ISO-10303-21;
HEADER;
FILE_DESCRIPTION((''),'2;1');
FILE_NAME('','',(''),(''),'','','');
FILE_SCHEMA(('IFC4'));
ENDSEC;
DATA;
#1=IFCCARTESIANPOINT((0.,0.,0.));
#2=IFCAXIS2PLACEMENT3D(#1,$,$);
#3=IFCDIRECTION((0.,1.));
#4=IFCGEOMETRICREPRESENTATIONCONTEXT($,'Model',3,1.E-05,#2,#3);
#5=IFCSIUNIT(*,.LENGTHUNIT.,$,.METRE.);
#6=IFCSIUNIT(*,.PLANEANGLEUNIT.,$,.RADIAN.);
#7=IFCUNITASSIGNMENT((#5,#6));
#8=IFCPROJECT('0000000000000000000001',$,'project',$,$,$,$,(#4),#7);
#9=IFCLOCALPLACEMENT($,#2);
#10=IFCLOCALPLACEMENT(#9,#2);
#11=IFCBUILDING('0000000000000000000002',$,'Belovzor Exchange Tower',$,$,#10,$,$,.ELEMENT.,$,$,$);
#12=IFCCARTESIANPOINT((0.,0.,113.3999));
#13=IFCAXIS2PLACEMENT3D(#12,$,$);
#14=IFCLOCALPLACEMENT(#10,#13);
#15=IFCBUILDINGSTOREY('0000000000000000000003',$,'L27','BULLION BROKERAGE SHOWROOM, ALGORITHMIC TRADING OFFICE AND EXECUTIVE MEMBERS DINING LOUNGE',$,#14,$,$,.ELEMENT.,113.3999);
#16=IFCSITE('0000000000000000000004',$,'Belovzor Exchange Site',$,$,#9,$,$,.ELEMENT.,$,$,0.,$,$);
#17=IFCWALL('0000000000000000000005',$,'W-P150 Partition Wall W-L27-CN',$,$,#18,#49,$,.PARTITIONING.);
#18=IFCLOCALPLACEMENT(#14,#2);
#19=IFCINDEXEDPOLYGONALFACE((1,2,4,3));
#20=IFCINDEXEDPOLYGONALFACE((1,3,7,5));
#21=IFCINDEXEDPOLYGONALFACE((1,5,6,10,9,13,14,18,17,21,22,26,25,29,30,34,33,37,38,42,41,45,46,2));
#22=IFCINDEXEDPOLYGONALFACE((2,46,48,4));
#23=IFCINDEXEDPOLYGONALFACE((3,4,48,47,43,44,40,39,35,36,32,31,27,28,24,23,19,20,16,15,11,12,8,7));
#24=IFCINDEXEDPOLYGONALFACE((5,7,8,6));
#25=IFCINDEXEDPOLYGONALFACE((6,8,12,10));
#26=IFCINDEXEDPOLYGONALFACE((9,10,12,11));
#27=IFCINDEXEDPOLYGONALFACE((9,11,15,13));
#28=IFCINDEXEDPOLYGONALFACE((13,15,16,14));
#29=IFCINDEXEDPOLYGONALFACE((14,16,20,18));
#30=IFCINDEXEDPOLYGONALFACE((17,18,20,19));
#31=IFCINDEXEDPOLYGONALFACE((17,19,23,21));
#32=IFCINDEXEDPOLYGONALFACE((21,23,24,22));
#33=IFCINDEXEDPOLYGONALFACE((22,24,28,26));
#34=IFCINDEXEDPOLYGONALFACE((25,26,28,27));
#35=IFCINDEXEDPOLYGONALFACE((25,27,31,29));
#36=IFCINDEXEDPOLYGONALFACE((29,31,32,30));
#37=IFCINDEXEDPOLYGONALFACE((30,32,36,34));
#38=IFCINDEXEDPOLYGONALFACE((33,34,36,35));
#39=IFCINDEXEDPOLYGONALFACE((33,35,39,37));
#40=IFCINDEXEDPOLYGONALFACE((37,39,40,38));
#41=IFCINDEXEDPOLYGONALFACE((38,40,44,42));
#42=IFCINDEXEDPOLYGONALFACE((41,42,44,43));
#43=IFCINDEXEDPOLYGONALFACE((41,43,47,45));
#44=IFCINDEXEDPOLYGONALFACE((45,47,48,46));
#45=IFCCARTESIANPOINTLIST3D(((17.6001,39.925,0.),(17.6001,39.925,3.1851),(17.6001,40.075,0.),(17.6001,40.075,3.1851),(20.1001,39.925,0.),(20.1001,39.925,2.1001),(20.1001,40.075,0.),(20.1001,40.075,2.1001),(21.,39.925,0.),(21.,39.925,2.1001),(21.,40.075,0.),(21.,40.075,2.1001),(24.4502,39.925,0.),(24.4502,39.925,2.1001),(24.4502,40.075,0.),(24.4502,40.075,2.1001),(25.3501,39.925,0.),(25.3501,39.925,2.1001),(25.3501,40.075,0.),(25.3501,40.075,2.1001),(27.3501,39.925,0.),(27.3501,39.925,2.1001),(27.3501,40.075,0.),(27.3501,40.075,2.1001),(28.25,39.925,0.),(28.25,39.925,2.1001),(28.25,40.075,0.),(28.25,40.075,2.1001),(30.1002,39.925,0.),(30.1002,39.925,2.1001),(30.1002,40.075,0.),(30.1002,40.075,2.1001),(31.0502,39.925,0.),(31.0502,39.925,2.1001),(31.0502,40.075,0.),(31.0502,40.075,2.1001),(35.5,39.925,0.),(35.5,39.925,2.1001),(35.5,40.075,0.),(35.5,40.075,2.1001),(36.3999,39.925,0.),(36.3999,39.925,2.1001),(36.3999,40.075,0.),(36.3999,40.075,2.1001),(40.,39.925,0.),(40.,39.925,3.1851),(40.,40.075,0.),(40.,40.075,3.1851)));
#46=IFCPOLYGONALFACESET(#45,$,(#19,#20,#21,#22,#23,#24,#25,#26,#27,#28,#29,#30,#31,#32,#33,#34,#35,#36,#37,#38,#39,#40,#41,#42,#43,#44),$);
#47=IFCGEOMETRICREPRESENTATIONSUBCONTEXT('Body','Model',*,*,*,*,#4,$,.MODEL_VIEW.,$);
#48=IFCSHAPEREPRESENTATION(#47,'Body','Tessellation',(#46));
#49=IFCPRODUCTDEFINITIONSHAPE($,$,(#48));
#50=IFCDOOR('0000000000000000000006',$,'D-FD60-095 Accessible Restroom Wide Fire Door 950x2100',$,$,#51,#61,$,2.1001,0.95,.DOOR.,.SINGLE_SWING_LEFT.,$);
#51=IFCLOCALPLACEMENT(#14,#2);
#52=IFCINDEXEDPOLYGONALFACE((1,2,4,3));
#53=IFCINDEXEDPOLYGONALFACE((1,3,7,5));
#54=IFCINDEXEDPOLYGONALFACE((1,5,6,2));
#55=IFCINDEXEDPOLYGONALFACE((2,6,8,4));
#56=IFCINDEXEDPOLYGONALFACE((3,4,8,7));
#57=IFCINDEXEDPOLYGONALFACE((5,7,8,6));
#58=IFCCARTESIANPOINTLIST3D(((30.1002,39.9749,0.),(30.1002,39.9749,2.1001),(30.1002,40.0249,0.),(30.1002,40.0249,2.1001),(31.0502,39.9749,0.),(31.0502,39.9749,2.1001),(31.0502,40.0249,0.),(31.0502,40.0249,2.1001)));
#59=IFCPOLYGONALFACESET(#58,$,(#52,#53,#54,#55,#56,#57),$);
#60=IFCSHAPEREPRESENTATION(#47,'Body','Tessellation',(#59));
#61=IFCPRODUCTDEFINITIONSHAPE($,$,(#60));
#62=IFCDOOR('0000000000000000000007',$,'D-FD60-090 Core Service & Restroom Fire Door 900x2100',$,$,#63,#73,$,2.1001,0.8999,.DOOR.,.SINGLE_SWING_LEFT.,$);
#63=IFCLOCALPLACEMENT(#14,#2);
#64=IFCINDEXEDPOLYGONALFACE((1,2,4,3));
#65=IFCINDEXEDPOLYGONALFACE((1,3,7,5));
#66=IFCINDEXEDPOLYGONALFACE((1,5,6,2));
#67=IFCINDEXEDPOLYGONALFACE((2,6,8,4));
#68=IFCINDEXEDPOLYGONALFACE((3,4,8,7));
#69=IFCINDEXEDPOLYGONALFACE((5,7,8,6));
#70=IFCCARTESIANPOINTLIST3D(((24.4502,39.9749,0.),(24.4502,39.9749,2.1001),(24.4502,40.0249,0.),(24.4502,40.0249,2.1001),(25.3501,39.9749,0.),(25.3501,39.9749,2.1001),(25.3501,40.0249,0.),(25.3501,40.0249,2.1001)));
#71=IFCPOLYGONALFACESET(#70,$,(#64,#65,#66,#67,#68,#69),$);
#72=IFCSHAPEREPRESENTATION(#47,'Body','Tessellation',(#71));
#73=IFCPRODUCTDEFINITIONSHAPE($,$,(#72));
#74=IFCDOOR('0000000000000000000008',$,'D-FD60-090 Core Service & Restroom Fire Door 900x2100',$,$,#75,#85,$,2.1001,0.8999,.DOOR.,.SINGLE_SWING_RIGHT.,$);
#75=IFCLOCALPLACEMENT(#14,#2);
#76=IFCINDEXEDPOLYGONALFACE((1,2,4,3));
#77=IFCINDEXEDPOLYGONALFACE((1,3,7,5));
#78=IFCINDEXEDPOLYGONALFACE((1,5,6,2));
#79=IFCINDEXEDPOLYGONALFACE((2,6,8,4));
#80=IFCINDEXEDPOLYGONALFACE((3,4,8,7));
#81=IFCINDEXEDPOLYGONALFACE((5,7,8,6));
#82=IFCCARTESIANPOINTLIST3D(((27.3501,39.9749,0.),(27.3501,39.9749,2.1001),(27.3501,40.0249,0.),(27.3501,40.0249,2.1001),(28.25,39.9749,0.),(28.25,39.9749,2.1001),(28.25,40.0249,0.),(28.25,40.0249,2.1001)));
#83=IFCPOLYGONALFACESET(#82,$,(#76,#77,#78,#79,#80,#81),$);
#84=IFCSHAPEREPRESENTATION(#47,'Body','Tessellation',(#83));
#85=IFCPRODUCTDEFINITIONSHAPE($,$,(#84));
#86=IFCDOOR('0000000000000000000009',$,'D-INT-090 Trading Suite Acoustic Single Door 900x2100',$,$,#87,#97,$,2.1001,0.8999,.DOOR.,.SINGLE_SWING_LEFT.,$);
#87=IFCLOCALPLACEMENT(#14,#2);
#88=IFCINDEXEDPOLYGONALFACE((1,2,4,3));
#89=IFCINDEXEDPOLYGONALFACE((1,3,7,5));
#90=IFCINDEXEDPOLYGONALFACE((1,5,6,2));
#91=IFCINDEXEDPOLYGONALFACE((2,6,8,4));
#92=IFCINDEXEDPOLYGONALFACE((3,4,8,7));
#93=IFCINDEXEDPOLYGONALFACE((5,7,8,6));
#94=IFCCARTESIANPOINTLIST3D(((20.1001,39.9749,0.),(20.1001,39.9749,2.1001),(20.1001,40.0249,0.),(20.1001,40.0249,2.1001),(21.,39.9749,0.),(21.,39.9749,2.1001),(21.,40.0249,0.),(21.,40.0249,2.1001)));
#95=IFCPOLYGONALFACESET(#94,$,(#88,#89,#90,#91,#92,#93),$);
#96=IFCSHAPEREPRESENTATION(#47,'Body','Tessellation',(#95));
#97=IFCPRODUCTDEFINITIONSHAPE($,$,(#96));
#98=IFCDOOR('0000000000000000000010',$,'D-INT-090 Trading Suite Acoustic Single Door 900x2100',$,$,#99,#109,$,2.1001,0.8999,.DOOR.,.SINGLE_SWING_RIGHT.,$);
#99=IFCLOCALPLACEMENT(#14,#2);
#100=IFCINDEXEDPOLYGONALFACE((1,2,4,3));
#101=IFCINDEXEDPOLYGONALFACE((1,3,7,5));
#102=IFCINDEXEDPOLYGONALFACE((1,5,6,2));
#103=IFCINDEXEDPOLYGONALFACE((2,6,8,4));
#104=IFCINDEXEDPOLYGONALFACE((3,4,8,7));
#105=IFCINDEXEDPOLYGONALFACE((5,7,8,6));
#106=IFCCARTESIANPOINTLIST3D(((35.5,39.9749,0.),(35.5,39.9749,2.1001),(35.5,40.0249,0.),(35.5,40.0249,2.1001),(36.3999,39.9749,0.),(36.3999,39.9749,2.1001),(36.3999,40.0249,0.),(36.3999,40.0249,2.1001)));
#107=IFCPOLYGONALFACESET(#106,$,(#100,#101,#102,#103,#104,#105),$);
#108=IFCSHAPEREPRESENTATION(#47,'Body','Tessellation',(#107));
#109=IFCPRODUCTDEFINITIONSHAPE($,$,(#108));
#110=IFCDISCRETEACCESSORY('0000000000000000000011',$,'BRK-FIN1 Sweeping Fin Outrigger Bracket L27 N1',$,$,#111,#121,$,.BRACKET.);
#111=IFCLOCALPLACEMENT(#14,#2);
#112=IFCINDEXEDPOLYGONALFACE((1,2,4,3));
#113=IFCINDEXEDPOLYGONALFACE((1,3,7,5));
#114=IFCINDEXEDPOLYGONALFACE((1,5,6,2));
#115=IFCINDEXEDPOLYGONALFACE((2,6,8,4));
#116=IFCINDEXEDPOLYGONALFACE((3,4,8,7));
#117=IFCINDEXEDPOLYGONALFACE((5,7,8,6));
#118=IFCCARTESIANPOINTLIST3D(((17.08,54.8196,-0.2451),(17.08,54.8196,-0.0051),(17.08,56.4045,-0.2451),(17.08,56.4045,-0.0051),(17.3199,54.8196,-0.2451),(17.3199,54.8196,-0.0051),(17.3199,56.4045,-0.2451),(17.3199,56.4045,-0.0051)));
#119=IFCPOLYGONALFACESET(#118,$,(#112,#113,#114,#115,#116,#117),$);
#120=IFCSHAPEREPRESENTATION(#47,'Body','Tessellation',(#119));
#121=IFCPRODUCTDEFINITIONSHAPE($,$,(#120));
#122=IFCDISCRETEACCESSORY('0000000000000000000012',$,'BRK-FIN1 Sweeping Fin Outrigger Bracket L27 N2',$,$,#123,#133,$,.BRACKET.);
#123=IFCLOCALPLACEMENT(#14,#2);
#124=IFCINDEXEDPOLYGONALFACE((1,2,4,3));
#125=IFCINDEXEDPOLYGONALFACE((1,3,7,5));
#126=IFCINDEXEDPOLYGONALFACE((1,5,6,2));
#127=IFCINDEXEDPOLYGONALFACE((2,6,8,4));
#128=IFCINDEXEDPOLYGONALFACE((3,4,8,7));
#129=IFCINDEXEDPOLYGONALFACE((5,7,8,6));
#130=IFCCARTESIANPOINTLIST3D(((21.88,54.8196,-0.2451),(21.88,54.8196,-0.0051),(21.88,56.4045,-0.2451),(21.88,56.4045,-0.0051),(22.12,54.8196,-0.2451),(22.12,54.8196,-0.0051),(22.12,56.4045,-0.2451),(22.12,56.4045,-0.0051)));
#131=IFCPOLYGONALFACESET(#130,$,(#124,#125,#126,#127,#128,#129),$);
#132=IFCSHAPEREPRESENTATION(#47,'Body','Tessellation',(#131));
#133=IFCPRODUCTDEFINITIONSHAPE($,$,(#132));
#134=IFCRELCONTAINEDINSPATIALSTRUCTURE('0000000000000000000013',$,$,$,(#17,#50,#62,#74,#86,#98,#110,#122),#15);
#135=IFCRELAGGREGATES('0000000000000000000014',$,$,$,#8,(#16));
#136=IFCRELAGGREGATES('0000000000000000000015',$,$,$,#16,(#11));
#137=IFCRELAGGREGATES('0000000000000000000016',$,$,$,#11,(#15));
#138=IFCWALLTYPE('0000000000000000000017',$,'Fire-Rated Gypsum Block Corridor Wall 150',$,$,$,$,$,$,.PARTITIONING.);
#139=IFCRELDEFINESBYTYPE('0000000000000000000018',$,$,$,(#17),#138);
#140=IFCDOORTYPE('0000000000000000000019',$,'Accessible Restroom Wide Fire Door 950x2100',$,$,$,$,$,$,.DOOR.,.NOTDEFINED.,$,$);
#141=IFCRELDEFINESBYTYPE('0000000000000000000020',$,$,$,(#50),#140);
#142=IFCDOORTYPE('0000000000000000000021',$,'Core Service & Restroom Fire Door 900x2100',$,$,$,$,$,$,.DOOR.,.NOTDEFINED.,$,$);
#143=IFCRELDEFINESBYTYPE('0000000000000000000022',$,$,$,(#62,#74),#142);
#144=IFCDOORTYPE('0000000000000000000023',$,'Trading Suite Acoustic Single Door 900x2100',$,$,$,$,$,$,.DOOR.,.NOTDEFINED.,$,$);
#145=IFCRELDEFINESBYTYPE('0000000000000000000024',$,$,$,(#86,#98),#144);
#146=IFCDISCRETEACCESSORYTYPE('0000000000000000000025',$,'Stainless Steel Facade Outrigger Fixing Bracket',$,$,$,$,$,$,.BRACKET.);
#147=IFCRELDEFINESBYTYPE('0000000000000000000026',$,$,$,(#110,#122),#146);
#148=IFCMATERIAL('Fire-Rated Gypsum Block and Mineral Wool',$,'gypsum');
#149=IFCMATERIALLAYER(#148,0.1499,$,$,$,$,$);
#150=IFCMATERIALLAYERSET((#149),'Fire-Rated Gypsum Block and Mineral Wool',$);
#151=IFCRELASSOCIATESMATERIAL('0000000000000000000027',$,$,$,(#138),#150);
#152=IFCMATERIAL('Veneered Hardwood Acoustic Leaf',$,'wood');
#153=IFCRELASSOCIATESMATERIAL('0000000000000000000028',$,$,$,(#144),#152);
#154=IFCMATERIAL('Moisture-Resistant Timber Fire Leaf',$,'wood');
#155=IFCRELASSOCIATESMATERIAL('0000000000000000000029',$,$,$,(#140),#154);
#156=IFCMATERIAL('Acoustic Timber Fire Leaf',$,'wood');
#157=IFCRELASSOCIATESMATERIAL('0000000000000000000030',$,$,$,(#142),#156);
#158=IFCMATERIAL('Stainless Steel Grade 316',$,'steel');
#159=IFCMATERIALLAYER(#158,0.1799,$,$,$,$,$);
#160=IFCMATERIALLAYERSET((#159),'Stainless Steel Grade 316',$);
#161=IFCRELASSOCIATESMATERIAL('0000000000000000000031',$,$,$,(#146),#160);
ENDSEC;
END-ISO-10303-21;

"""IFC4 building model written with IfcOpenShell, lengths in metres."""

from ifc_helpers import new_model, si_unit, direction, frame, frame_2d, origin, origin_2d, place, context, subcontext, project, spatial, rectangle, extrude, material, layer, layer_set, type_object, element, fill, save


model = new_model("IFC4")

# Units and contexts
model_context = context("Model", 3, precision=1e-05, world=origin(), true_north=direction((0.0, 1.0)))
body_context = subcontext(model_context, "Body", "Model", "MODEL_VIEW")
ifc_project = project(units=[si_unit("LENGTHUNIT", "METRE"), si_unit("PLANEANGLEUNIT", "RADIAN")], contexts=[model_context])

# Site, building, storey
site_placement = place(None, origin())
site = spatial("IfcSite", under=ifc_project, at=site_placement, Name="Belovzor Exchange Site", CompositionType="ELEMENT", RefElevation=0.0)
building_placement = place(site_placement, origin())
building = spatial("IfcBuilding", under=site, at=building_placement, Name="Belovzor Exchange Tower", CompositionType="ELEMENT")
storey_placement = place(building_placement, frame((0.0, 0.0, 113.3999)))
storey = spatial("IfcBuildingStorey", under=building, at=storey_placement, Name="L27", Description="BULLION BROKERAGE SHOWROOM, ALGORITHMIC TRADING OFFICE AND EXECUTIVE MEMBERS DINING LOUNGE", CompositionType="ELEMENT", Elevation=113.3999)

# Shared definitions
ifc_material_1 = material(Name="Fire-Rated Gypsum Block and Mineral Wool", Category="gypsum")
ifc_layer_1 = layer(ifc_material_1, 0.1499)
ifc_layer_set_1 = layer_set([ifc_layer_1], Name="Fire-Rated Gypsum Block and Mineral Wool")
wall_type = type_object("IfcWallType", Name="Fire-Rated Gypsum Block Corridor Wall 150", PredefinedType="PARTITIONING", material=ifc_layer_set_1)

# Shared definitions
ifc_material_2 = material(Name="Veneered Hardwood Acoustic Leaf", Category="wood")
door_type_1 = type_object("IfcDoorType", Name="Trading Suite Acoustic Single Door 900x2100", OperationType="NOTDEFINED", PredefinedType="DOOR", material=ifc_material_2)

# Wall, openings, doors
wall_1_placement = place(storey_placement, frame((17.6001, 40.0, 0.0), z_axis=(0.0, 0.0, 1.0), x_axis=(1.0, 0.0, 0.0)))
wall_1 = element("IfcWall", 1, at=wall_1_placement, inside=storey, type_object=wall_type, Name="W-P150 Partition Wall W-L27-CN", PredefinedType="PARTITIONING", context=body_context, shape_type="SweptSolid", body=[
    extrude(rectangle(XDim=22.3999, YDim=0.1499, at=frame_2d((11.2, 0.0))), origin(), (0.0, 0.0, 1.0), 3.1851),
])
opening_1_placement = place(wall_1_placement, frame((2.5, 0.0, 0.0)))
opening_1 = element("IfcOpeningElement", 2, at=opening_1_placement, cuts=wall_1, PredefinedType="OPENING", context=body_context, shape_type="SweptSolid", body=[
    extrude(rectangle(XDim=0.8999, YDim=2.1001, at=frame_2d((0.45, 1.05))), frame((0.0, 0.085, 0.0), z_axis=(0.0, -1.0, 0.0), x_axis=(1.0, 0.0, 0.0)), (0.0, 0.0, 1.0), 0.1699),
])
opening_2_placement = place(wall_1_placement, frame((6.8501, 0.0, 0.0)))
opening_2 = element("IfcOpeningElement", 3, at=opening_2_placement, cuts=wall_1, PredefinedType="OPENING", context=body_context, shape_type="SweptSolid", body=[
    extrude(rectangle(XDim=0.8999, YDim=2.1001, at=frame_2d((0.45, 1.05))), frame((0.0, 0.085, 0.0), z_axis=(0.0, -1.0, 0.0), x_axis=(1.0, 0.0, 0.0)), (0.0, 0.0, 1.0), 0.1699),
])
opening_3_placement = place(wall_1_placement, frame((9.75, 0.0, 0.0)))
opening_3 = element("IfcOpeningElement", 4, at=opening_3_placement, cuts=wall_1, PredefinedType="OPENING", context=body_context, shape_type="SweptSolid", body=[
    extrude(rectangle(XDim=0.8999, YDim=2.1001, at=frame_2d((0.45, 1.05))), frame((0.0, 0.085, 0.0), z_axis=(0.0, -1.0, 0.0), x_axis=(1.0, 0.0, 0.0)), (0.0, 0.0, 1.0), 0.1699),
])
opening_4_placement = place(wall_1_placement, frame((12.5, 0.0, 0.0)))
opening_4 = element("IfcOpeningElement", 5, at=opening_4_placement, cuts=wall_1, PredefinedType="OPENING", context=body_context, shape_type="SweptSolid", body=[
    extrude(rectangle(XDim=0.95, YDim=2.1001, at=frame_2d((0.4751, 1.05))), frame((0.0, 0.085, 0.0), z_axis=(0.0, -1.0, 0.0), x_axis=(1.0, 0.0, 0.0)), (0.0, 0.0, 1.0), 0.1699),
])
opening_5_placement = place(wall_1_placement, frame((17.8999, 0.0, 0.0)))
opening_5 = element("IfcOpeningElement", 6, at=opening_5_placement, cuts=wall_1, PredefinedType="OPENING", context=body_context, shape_type="SweptSolid", body=[
    extrude(rectangle(XDim=0.8999, YDim=2.1001, at=frame_2d((0.45, 1.05))), frame((0.0, 0.085, 0.0), z_axis=(0.0, -1.0, 0.0), x_axis=(1.0, 0.0, 0.0)), (0.0, 0.0, 1.0), 0.1699),
])
ifc_material_3 = material(Name="Moisture-Resistant Timber Fire Leaf", Category="wood")
door_type_2 = type_object("IfcDoorType", Name="Accessible Restroom Wide Fire Door 950x2100", OperationType="NOTDEFINED", PredefinedType="DOOR", material=ifc_material_3)
door_1_placement = place(opening_4_placement, origin())
door_1 = element("IfcDoor", 7, at=door_1_placement, inside=storey, type_object=door_type_2, Name="D-FD60-095 Accessible Restroom Wide Fire Door 950x2100", OperationType="SINGLE_SWING_LEFT", OverallHeight=2.1001, OverallWidth=0.95, PredefinedType="DOOR", context=body_context, shape_type="SweptSolid", body=[
    extrude(rectangle(XDim=0.95, YDim=2.1001, at=frame_2d((0.4751, 1.05))), frame((0.0, 0.0249, 0.0), z_axis=(0.0, -1.0, 0.0), x_axis=(1.0, 0.0, 0.0)), (0.0, 0.0, 1.0), 0.05),
])
fill(opening_4, door_1)
ifc_material_4 = material(Name="Acoustic Timber Fire Leaf", Category="wood")
door_type_3 = type_object("IfcDoorType", Name="Core Service & Restroom Fire Door 900x2100", OperationType="NOTDEFINED", PredefinedType="DOOR", material=ifc_material_4)
door_2_placement = place(opening_2_placement, origin())
door_2 = element("IfcDoor", 8, at=door_2_placement, inside=storey, type_object=door_type_3, Name="D-FD60-090 Core Service & Restroom Fire Door 900x2100", OperationType="SINGLE_SWING_LEFT", OverallHeight=2.1001, OverallWidth=0.8999, PredefinedType="DOOR", context=body_context, shape_type="SweptSolid", body=[
    extrude(rectangle(XDim=0.8999, YDim=2.1001, at=frame_2d((0.45, 1.05))), frame((0.0, 0.0249, 0.0), z_axis=(0.0, -1.0, 0.0), x_axis=(1.0, 0.0, 0.0)), (0.0, 0.0, 1.0), 0.05),
])
fill(opening_2, door_2)
door_3_placement = place(opening_3_placement, origin())
door_3 = element("IfcDoor", 9, at=door_3_placement, inside=storey, type_object=door_type_3, Name="D-FD60-090 Core Service & Restroom Fire Door 900x2100", OperationType="SINGLE_SWING_RIGHT", OverallHeight=2.1001, OverallWidth=0.8999, PredefinedType="DOOR", context=body_context, shape_type="SweptSolid", body=[
    extrude(rectangle(XDim=0.8999, YDim=2.1001, at=frame_2d((0.45, 1.05))), frame((0.0, 0.0249, 0.0), z_axis=(0.0, -1.0, 0.0), x_axis=(1.0, 0.0, 0.0)), (0.0, 0.0, 1.0), 0.05),
])
fill(opening_3, door_3)
door_4_placement = place(opening_1_placement, origin())
door_4 = element("IfcDoor", 10, at=door_4_placement, inside=storey, type_object=door_type_1, Name="D-INT-090 Trading Suite Acoustic Single Door 900x2100", OperationType="SINGLE_SWING_LEFT", OverallHeight=2.1001, OverallWidth=0.8999, PredefinedType="DOOR", context=body_context, shape_type="SweptSolid", body=[
    extrude(rectangle(XDim=0.8999, YDim=2.1001, at=frame_2d((0.45, 1.05))), frame((0.0, 0.0249, 0.0), z_axis=(0.0, -1.0, 0.0), x_axis=(1.0, 0.0, 0.0)), (0.0, 0.0, 1.0), 0.05),
])
fill(opening_1, door_4)
door_5_placement = place(opening_5_placement, origin())
door_5 = element("IfcDoor", 11, at=door_5_placement, inside=storey, type_object=door_type_1, Name="D-INT-090 Trading Suite Acoustic Single Door 900x2100", OperationType="SINGLE_SWING_RIGHT", OverallHeight=2.1001, OverallWidth=0.8999, PredefinedType="DOOR", context=body_context, shape_type="SweptSolid", body=[
    extrude(rectangle(XDim=0.8999, YDim=2.1001, at=frame_2d((0.45, 1.05))), frame((0.0, 0.0249, 0.0), z_axis=(0.0, -1.0, 0.0), x_axis=(1.0, 0.0, 0.0)), (0.0, 0.0, 1.0), 0.05),
])
fill(opening_5, door_5)

# Discrete accessories
ifc_material_5 = material(Name="Stainless Steel Grade 316", Category="steel")
ifc_layer_2 = layer(ifc_material_5, 0.1799)
ifc_layer_set_2 = layer_set([ifc_layer_2], Name="Stainless Steel Grade 316")
discrete_accessory_type = type_object("IfcDiscreteAccessoryType", Name="Stainless Steel Facade Outrigger Fixing Bracket", PredefinedType="BRACKET", material=ifc_layer_set_2)
for number, where, z_axis, x_axis, name in (
    (12, (17.2, 55.6121, -0.2451), (0.0, 0.0, 1.0), (0.0, 1.0, 0.0), "BRK-FIN1 Sweeping Fin Outrigger Bracket L27 N1"),
    (13, (22.0, 55.6121, -0.2451), (0.0, 0.0, 1.0), (0.0, 1.0, 0.0), "BRK-FIN1 Sweeping Fin Outrigger Bracket L27 N2"),
):
    element("IfcDiscreteAccessory", number, at=place(storey_placement, frame(where, z_axis=z_axis, x_axis=x_axis)), inside=storey, type_object=discrete_accessory_type, Name=name, PredefinedType="BRACKET", context=body_context, shape_type="SweptSolid", body=[
        extrude(rectangle(XDim=1.585, YDim=0.24, at=origin_2d()), origin(), (0.0, 0.0, 1.0), 0.24),
    ])

save(model, "model.ifc")
